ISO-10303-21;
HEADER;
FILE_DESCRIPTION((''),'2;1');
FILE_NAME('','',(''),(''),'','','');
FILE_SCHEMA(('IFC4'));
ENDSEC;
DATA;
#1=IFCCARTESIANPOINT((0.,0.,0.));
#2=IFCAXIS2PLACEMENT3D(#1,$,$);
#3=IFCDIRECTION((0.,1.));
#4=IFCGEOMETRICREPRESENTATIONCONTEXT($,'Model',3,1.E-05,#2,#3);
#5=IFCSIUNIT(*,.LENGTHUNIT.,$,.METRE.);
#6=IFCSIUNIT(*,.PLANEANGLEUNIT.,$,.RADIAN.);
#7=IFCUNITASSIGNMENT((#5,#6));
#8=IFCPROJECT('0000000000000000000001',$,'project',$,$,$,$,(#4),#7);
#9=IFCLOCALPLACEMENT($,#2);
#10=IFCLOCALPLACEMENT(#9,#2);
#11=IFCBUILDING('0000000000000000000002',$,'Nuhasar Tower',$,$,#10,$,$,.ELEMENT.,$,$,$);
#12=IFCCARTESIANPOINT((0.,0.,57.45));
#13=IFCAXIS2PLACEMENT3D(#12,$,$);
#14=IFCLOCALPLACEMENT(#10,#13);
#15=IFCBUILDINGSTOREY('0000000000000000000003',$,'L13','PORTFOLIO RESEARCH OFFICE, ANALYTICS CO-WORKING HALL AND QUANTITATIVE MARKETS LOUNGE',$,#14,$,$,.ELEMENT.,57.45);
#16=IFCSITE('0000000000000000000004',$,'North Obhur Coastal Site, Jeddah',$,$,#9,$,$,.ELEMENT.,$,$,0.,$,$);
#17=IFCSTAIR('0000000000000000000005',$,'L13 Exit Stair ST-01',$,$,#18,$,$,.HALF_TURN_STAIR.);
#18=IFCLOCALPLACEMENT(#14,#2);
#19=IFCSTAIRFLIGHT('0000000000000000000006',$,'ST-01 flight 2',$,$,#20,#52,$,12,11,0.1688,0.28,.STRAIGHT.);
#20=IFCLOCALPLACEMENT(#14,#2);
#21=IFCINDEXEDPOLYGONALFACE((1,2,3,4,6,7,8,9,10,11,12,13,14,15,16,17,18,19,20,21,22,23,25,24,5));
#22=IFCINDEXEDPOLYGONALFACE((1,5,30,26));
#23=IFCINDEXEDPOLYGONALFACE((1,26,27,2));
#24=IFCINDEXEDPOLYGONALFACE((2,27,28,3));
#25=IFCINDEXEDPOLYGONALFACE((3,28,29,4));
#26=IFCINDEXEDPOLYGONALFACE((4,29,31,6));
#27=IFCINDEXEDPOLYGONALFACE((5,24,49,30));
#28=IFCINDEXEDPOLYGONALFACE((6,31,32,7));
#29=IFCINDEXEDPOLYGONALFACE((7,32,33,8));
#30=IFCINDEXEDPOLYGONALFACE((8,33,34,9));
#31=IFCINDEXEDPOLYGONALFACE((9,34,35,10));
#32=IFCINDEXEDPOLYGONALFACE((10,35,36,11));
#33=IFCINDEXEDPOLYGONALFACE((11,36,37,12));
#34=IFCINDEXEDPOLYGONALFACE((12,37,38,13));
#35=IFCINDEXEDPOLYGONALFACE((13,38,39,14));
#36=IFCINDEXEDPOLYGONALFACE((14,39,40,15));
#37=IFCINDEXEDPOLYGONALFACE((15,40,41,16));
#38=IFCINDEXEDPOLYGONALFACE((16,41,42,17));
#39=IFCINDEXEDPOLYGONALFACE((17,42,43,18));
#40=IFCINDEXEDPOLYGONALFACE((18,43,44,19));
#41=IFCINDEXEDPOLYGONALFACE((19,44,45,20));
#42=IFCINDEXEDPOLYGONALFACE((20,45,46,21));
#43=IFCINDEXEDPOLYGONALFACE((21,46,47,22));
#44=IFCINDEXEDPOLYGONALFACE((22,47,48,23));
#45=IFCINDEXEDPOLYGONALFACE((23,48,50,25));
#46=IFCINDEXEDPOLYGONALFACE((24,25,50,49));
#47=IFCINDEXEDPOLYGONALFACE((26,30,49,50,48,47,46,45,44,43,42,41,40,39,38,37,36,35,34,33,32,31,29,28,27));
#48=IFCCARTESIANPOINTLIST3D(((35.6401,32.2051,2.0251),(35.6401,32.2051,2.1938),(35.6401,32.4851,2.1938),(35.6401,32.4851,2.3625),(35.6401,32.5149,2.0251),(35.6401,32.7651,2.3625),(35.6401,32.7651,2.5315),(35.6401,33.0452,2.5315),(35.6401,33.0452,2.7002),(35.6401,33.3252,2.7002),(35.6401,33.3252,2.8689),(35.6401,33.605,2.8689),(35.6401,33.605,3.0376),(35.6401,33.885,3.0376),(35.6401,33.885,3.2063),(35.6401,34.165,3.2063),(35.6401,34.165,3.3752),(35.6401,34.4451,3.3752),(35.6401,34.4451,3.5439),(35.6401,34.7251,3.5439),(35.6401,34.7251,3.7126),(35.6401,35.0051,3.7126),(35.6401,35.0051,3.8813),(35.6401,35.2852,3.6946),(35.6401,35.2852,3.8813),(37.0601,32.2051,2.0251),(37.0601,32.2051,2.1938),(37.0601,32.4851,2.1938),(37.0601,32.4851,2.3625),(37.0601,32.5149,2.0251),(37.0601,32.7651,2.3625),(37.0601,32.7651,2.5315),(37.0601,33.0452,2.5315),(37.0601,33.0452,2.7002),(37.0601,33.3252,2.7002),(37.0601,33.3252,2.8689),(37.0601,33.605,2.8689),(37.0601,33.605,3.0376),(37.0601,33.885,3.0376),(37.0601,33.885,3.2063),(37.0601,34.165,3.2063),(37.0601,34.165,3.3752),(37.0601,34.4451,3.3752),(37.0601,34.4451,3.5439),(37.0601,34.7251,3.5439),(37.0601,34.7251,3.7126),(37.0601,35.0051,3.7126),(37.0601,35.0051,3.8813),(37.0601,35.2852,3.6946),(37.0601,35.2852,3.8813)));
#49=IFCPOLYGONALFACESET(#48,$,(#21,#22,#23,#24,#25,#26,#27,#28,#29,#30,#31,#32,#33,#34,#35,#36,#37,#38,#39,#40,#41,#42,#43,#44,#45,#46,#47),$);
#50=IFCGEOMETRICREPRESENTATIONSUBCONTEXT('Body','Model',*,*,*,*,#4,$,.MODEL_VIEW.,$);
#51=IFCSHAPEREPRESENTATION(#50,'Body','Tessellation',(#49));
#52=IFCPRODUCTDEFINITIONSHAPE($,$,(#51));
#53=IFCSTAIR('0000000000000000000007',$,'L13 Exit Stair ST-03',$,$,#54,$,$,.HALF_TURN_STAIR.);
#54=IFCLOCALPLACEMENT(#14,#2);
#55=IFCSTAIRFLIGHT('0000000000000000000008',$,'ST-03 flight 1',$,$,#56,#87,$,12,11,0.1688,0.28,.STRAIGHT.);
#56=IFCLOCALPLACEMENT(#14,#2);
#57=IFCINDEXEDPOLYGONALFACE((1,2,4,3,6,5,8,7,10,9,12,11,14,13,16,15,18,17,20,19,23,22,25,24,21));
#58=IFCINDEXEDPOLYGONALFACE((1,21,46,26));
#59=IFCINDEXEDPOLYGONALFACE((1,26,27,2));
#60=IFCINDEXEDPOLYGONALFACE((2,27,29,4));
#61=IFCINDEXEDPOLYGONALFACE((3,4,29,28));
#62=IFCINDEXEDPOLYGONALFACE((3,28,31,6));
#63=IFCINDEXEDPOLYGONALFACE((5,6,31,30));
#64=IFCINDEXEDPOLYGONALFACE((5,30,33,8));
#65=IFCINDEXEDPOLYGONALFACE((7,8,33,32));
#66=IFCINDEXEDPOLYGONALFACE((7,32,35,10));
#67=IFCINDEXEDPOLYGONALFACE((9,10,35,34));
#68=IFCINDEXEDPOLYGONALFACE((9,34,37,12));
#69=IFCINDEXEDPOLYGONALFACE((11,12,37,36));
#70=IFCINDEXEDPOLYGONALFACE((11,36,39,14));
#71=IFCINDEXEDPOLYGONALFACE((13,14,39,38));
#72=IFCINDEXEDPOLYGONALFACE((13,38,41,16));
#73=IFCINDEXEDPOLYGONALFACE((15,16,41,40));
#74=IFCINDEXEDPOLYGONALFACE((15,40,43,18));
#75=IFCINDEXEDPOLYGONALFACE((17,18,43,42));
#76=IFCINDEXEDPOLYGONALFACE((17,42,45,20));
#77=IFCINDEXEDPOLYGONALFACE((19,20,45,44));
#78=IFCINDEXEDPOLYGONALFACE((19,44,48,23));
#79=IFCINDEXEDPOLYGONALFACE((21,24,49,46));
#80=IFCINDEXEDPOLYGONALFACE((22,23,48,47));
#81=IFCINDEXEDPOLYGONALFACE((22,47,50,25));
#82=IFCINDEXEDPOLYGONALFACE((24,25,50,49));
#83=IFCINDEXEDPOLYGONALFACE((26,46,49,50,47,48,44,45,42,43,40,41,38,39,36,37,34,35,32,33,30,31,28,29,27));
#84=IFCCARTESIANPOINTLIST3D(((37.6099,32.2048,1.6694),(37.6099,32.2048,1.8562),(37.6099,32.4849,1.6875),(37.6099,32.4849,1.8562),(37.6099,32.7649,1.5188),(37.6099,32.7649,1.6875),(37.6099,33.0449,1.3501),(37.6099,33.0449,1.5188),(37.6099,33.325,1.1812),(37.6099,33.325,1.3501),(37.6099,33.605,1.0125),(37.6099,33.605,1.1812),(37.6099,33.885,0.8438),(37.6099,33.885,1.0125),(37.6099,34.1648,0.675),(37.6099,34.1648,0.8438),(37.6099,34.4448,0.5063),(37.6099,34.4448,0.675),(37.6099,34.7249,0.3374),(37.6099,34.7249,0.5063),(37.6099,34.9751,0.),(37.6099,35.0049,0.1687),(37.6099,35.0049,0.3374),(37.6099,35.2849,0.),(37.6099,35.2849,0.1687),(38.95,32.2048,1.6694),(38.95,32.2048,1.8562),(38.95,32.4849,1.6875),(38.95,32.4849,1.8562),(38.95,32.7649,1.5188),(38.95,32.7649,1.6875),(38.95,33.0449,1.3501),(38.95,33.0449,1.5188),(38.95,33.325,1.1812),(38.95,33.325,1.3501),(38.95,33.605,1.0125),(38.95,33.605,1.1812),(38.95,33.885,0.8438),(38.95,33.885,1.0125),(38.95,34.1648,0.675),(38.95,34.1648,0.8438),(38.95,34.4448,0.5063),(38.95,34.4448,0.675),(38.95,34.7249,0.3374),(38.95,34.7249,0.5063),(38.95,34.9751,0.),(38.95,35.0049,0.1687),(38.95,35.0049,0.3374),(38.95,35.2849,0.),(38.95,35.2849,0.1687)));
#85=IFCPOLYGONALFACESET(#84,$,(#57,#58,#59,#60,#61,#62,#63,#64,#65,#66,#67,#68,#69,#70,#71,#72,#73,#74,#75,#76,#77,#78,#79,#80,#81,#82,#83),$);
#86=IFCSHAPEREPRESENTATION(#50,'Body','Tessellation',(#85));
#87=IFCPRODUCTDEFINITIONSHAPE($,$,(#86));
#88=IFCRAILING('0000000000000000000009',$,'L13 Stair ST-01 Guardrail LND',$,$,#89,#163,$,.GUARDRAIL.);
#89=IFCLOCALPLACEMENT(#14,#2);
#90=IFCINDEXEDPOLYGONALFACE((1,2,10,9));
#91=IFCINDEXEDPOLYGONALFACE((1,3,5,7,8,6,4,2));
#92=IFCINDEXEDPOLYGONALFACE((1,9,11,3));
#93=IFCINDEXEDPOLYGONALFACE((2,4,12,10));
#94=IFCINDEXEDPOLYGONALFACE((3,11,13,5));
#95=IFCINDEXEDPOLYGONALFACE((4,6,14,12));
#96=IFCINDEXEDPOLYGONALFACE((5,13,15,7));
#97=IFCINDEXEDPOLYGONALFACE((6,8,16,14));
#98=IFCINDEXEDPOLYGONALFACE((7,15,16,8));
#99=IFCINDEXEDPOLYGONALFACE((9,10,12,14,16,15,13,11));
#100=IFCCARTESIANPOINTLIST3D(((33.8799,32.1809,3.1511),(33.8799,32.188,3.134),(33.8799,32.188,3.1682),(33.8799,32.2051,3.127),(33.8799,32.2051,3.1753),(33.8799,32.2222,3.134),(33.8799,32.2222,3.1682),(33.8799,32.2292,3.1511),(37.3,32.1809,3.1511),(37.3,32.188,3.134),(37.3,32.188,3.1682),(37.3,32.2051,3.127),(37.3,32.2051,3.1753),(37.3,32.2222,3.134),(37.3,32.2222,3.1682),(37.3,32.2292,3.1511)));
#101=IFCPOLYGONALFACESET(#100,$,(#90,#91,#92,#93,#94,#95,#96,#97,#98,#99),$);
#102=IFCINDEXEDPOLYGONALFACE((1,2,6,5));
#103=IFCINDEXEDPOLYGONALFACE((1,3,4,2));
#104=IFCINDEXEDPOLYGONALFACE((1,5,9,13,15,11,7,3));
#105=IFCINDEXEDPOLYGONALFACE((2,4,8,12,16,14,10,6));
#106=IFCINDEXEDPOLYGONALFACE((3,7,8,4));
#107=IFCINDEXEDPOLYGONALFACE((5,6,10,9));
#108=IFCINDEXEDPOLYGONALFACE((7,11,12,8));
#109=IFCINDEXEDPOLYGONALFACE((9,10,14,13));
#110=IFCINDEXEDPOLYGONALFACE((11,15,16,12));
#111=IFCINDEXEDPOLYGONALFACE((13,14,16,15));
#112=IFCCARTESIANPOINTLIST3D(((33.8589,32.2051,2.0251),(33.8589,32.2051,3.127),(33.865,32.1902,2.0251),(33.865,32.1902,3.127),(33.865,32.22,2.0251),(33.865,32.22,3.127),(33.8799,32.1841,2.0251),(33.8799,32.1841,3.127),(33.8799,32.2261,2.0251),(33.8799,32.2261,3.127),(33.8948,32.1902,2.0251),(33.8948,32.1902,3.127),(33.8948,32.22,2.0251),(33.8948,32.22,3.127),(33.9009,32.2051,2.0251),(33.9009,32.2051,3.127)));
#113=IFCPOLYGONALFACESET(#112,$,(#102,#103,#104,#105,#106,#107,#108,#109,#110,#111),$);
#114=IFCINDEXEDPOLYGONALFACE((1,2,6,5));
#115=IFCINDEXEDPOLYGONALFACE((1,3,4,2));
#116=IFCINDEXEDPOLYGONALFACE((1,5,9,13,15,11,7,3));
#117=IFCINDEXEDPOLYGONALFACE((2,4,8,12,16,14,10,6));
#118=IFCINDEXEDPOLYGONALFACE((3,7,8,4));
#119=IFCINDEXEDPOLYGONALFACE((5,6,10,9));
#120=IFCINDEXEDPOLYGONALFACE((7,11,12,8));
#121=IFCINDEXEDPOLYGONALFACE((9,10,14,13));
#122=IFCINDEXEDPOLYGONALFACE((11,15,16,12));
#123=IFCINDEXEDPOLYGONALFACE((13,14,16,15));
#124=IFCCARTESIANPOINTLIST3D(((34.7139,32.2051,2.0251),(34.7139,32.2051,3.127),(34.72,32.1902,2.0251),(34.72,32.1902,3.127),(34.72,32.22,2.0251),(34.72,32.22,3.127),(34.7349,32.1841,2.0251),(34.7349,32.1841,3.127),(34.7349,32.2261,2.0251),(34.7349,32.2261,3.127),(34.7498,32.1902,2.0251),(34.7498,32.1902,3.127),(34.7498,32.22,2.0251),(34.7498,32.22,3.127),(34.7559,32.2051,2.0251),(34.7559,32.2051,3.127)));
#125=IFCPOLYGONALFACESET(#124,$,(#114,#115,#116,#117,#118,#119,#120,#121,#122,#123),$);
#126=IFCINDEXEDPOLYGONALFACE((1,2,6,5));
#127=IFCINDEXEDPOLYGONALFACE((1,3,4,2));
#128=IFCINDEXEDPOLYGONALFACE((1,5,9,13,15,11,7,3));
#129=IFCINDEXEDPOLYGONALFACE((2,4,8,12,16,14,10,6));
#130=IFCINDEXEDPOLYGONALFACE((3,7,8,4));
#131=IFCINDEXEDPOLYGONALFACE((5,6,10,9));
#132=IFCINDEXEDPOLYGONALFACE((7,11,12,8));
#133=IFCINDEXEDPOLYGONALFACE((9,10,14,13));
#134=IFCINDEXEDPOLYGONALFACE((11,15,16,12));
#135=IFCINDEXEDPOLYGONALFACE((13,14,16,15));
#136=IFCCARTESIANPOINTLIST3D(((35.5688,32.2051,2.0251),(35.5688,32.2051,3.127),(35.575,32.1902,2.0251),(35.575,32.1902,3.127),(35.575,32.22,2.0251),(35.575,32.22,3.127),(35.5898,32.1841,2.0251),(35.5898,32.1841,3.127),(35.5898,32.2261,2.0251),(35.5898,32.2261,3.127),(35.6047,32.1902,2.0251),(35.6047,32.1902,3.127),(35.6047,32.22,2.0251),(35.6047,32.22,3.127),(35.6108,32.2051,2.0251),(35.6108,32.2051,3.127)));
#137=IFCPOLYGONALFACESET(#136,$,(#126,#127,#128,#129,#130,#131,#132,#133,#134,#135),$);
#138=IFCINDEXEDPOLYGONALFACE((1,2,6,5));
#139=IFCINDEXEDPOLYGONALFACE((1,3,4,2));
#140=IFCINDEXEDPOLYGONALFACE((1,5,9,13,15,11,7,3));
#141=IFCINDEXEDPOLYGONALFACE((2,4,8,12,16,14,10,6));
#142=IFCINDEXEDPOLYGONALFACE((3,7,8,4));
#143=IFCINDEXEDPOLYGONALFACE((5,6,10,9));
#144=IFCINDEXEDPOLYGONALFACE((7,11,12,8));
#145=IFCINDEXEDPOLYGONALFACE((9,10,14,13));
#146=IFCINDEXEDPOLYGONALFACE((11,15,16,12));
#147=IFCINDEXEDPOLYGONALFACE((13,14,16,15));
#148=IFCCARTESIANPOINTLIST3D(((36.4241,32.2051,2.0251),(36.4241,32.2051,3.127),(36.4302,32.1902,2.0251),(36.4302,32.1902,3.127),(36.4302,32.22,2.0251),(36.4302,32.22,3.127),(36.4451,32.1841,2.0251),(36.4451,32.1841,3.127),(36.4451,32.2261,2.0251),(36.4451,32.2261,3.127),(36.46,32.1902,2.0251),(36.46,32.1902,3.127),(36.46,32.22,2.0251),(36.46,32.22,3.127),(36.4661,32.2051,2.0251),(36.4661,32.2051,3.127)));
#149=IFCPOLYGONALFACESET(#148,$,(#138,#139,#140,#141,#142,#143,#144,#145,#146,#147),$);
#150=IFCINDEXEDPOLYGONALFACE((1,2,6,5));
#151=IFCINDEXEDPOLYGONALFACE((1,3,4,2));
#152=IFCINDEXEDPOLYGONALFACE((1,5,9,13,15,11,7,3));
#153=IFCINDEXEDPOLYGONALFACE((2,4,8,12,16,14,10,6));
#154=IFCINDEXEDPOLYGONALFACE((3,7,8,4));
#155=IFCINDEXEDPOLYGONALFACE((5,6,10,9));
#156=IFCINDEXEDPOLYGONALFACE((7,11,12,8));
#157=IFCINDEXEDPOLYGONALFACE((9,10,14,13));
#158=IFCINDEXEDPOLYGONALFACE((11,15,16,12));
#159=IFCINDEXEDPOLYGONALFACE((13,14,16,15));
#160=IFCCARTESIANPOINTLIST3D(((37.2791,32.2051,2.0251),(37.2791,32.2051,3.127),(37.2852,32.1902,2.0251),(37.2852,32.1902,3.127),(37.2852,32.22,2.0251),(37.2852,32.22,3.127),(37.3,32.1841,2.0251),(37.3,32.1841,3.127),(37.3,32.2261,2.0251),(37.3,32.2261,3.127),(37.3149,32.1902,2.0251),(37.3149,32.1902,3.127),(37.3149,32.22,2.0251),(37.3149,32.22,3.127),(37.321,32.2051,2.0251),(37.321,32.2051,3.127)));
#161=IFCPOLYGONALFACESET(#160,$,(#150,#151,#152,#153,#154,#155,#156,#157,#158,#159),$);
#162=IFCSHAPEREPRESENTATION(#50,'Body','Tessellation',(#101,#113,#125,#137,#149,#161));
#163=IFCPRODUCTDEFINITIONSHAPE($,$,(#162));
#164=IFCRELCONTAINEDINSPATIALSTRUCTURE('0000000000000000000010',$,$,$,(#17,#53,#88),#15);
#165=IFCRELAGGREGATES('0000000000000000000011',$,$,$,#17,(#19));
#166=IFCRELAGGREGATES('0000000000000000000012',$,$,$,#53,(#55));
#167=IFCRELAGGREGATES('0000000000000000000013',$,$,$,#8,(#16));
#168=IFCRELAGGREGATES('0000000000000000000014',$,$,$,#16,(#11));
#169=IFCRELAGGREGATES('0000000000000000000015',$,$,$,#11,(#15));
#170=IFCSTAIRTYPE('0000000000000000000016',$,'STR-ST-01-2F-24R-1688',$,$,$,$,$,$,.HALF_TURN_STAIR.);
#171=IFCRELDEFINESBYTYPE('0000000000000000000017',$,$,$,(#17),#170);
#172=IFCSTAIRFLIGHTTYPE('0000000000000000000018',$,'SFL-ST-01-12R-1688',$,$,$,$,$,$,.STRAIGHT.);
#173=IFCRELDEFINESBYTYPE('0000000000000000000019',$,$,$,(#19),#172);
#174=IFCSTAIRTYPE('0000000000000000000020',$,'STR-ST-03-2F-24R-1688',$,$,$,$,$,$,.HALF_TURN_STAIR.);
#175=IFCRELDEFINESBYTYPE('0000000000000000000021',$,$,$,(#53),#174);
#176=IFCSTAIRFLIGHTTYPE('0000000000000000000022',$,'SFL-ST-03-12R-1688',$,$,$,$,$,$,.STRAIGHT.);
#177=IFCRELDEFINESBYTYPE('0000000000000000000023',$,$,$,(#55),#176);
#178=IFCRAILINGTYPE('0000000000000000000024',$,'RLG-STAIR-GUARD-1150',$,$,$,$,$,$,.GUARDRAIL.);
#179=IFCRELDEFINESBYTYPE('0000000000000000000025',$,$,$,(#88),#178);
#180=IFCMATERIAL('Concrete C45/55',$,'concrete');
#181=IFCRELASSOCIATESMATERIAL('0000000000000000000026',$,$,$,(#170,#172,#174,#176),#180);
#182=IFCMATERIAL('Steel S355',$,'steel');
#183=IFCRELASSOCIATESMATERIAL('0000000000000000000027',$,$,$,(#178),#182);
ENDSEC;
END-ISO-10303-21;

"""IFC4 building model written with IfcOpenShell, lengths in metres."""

from ifc_helpers import new_model, si_unit, direction, frame, origin, place, context, subcontext, project, spatial, polyline, outline, extrude, material, type_object, element, aggregate, save


model = new_model("IFC4")

# Units and contexts
model_context = context("Model", 3, precision=1e-05, world=origin(), true_north=direction((0.0, 1.0)))
body_context = subcontext(model_context, "Body", "Model", "MODEL_VIEW")
ifc_project = project(units=[si_unit("LENGTHUNIT", "METRE"), si_unit("PLANEANGLEUNIT", "RADIAN")], contexts=[model_context])

# Site, building, storey
site_placement = place(None, origin())
site = spatial("IfcSite", under=ifc_project, at=site_placement, Name="North Obhur Coastal Site, Jeddah", CompositionType="ELEMENT", RefElevation=0.0)
building_placement = place(site_placement, origin())
building = spatial("IfcBuilding", under=site, at=building_placement, Name="Nuhasar Tower", CompositionType="ELEMENT")
storey_placement = place(building_placement, frame((0.0, 0.0, 57.45)))
storey = spatial("IfcBuildingStorey", under=building, at=storey_placement, Name="L13", Description="PORTFOLIO RESEARCH OFFICE, ANALYTICS CO-WORKING HALL AND QUANTITATIVE MARKETS LOUNGE", CompositionType="ELEMENT", Elevation=57.45)

# Shared definitions
ifc_material_1 = material(Name="Steel S355", Category="steel")

# Shared definitions
ifc_material_2 = material(Name="Concrete C45/55", Category="concrete")

# Stair, stair flight
stair_type_1 = type_object("IfcStairType", Name="STR-ST-01-2F-24R-1688", PredefinedType="HALF_TURN_STAIR", material=ifc_material_2)
stair_1_placement = place(storey_placement, origin())
stair_1 = element("IfcStair", 1, at=stair_1_placement, inside=storey, type_object=stair_type_1, Name="L13 Exit Stair ST-01", PredefinedType="HALF_TURN_STAIR")
stair_flight_type_1 = type_object("IfcStairFlightType", Name="SFL-ST-01-12R-1688", PredefinedType="STRAIGHT", material=ifc_material_2)
stair_flight_1_placement = place(storey_placement, frame((36.3501, 32.2051, 2.0251), z_axis=(0.0, 0.0, 1.0), x_axis=(0.0, 1.0, 0.0)))
stair_flight_1 = element("IfcStairFlight", 2, at=stair_flight_1_placement, type_object=stair_flight_type_1, Name="ST-01 flight 2", NumberOfRisers=12, NumberOfTreads=11, PredefinedType="STRAIGHT", RiserHeight=0.1688, TreadLength=0.28, context=body_context, shape_type="SweptSolid", body=[
    extrude(outline(polyline([(0.0, 0.0), (0.0, 0.1687), (0.28, 0.1687), (0.28, 0.3374), (0.5601, 0.3374), (0.5601, 0.5063), (0.8401, 0.5063), (0.8401, 0.675), (1.1201, 0.675), (1.1201, 0.8438), (1.3999, 0.8438), (1.3999, 1.0125), (1.6799, 1.0125), (1.6799, 1.1812), (1.96, 1.1812), (1.96, 1.3501), (2.24, 1.3501), (2.24, 1.5188), (2.52, 1.5188), (2.52, 1.6875), (2.8, 1.6875), (2.8, 1.8562), (3.0801, 1.8562), (3.0801, 2.0249), (3.0801, 1.6694), (0.3098, 0.0), (0.0, 0.0)])), frame((0.0, 0.71, 0.0), z_axis=(0.0, -1.0, 0.0), x_axis=(1.0, 0.0, 0.0)), (0.0, 0.0, 1.0), 1.4199),
])
aggregate(stair_1, [stair_flight_1])

# Stair, stair flight
stair_type_2 = type_object("IfcStairType", Name="STR-ST-03-2F-24R-1688", PredefinedType="HALF_TURN_STAIR", material=ifc_material_2)
stair_2_placement = place(storey_placement, origin())
stair_2 = element("IfcStair", 3, at=stair_2_placement, inside=storey, type_object=stair_type_2, Name="L13 Exit Stair ST-03", PredefinedType="HALF_TURN_STAIR")
stair_flight_type_2 = type_object("IfcStairFlightType", Name="SFL-ST-03-12R-1688", PredefinedType="STRAIGHT", material=ifc_material_2)
stair_flight_2_placement = place(storey_placement, frame((38.28, 35.2849, 0.0), z_axis=(0.0, 0.0, 1.0), x_axis=(0.0, -1.0, 0.0)))
stair_flight_2 = element("IfcStairFlight", 4, at=stair_flight_2_placement, type_object=stair_flight_type_2, Name="ST-03 flight 1", NumberOfRisers=12, NumberOfTreads=11, PredefinedType="STRAIGHT", RiserHeight=0.1688, TreadLength=0.28, context=body_context, shape_type="SweptSolid", body=[
    extrude(outline(polyline([(0.0, 0.0), (0.0, 0.1687), (0.28, 0.1687), (0.28, 0.3374), (0.5601, 0.3374), (0.5601, 0.5063), (0.8401, 0.5063), (0.8401, 0.675), (1.1201, 0.675), (1.1201, 0.8438), (1.3999, 0.8438), (1.3999, 1.0125), (1.6799, 1.0125), (1.6799, 1.1812), (1.96, 1.1812), (1.96, 1.3501), (2.24, 1.3501), (2.24, 1.5188), (2.52, 1.5188), (2.52, 1.6875), (2.8, 1.6875), (2.8, 1.8562), (3.0801, 1.8562), (3.0801, 2.0249), (3.0801, 1.6694), (0.3098, 0.0), (0.0, 0.0)])), frame((0.0, 0.6699, 0.0), z_axis=(0.0, -1.0, 0.0), x_axis=(1.0, 0.0, 0.0)), (0.0, 0.0, 1.0), 1.3401),
])
aggregate(stair_2, [stair_flight_2])

# Railing
railing_type_1 = type_object("IfcRailingType", Name="RLG-STAIR-GUARD-1150", PredefinedType="GUARDRAIL", material=ifc_material_1)
railing_1_placement = place(storey_placement, frame((33.8799, 32.2051, 2.0251)))
element("IfcRailing", 5, at=railing_1_placement, inside=storey, type_object=railing_type_1, Name="L13 Stair ST-01 Guardrail LND", PredefinedType="GUARDRAIL", context=body_context, shape_type="SweptSolid", body=[
    extrude(outline(polyline([(0.0242, 0.0), (0.0171, 0.0171), (0.0, 0.0242), (-0.0171, 0.0171), (-0.0242, 0.0), (-0.0171, -0.0171), (0.0, -0.0242), (0.0171, -0.0171), (0.0242, 0.0)])), frame((0.0, 0.0, 1.126), z_axis=(1.0, 0.0, 0.0), x_axis=(0.0, 1.0, 0.0)), (0.0, 0.0, 1.0), 3.4202),
    extrude(outline(polyline([(0.021, 0.0), (0.0149, 0.0149), (0.0, 0.021), (-0.0149, 0.0149), (-0.021, 0.0), (-0.0149, -0.0149), (0.0, -0.021), (0.0149, -0.0149), (0.021, 0.0)])), origin(), (0.0, 0.0, 1.0), 1.1018),
    extrude(outline(polyline([(0.021, 0.0), (0.0149, 0.0149), (0.0, 0.021), (-0.0149, 0.0149), (-0.021, 0.0), (-0.0149, -0.0149), (0.0, -0.021), (0.0149, -0.0149), (0.021, 0.0)])), frame((0.855, 0.0, 0.0)), (0.0, 0.0, 1.0), 1.1018),
    extrude(outline(polyline([(0.021, 0.0), (0.0149, 0.0149), (0.0, 0.021), (-0.0149, 0.0149), (-0.021, 0.0), (-0.0149, -0.0149), (0.0, -0.021), (0.0149, -0.0149), (0.021, 0.0)])), frame((1.71, 0.0, 0.0)), (0.0, 0.0, 1.0), 1.1018),
    extrude(outline(polyline([(0.021, 0.0), (0.0149, 0.0149), (0.0, 0.021), (-0.0149, 0.0149), (-0.021, 0.0), (-0.0149, -0.0149), (0.0, -0.021), (0.0149, -0.0149), (0.021, 0.0)])), frame((2.5652, 0.0, 0.0)), (0.0, 0.0, 1.0), 1.1018),
    extrude(outline(polyline([(0.021, 0.0), (0.0149, 0.0149), (0.0, 0.021), (-0.0149, 0.0149), (-0.021, 0.0), (-0.0149, -0.0149), (0.0, -0.021), (0.0149, -0.0149), (0.021, 0.0)])), frame((3.4202, 0.0, 0.0)), (0.0, 0.0, 1.0), 1.1018),
])

save(model, "model.ifc")
